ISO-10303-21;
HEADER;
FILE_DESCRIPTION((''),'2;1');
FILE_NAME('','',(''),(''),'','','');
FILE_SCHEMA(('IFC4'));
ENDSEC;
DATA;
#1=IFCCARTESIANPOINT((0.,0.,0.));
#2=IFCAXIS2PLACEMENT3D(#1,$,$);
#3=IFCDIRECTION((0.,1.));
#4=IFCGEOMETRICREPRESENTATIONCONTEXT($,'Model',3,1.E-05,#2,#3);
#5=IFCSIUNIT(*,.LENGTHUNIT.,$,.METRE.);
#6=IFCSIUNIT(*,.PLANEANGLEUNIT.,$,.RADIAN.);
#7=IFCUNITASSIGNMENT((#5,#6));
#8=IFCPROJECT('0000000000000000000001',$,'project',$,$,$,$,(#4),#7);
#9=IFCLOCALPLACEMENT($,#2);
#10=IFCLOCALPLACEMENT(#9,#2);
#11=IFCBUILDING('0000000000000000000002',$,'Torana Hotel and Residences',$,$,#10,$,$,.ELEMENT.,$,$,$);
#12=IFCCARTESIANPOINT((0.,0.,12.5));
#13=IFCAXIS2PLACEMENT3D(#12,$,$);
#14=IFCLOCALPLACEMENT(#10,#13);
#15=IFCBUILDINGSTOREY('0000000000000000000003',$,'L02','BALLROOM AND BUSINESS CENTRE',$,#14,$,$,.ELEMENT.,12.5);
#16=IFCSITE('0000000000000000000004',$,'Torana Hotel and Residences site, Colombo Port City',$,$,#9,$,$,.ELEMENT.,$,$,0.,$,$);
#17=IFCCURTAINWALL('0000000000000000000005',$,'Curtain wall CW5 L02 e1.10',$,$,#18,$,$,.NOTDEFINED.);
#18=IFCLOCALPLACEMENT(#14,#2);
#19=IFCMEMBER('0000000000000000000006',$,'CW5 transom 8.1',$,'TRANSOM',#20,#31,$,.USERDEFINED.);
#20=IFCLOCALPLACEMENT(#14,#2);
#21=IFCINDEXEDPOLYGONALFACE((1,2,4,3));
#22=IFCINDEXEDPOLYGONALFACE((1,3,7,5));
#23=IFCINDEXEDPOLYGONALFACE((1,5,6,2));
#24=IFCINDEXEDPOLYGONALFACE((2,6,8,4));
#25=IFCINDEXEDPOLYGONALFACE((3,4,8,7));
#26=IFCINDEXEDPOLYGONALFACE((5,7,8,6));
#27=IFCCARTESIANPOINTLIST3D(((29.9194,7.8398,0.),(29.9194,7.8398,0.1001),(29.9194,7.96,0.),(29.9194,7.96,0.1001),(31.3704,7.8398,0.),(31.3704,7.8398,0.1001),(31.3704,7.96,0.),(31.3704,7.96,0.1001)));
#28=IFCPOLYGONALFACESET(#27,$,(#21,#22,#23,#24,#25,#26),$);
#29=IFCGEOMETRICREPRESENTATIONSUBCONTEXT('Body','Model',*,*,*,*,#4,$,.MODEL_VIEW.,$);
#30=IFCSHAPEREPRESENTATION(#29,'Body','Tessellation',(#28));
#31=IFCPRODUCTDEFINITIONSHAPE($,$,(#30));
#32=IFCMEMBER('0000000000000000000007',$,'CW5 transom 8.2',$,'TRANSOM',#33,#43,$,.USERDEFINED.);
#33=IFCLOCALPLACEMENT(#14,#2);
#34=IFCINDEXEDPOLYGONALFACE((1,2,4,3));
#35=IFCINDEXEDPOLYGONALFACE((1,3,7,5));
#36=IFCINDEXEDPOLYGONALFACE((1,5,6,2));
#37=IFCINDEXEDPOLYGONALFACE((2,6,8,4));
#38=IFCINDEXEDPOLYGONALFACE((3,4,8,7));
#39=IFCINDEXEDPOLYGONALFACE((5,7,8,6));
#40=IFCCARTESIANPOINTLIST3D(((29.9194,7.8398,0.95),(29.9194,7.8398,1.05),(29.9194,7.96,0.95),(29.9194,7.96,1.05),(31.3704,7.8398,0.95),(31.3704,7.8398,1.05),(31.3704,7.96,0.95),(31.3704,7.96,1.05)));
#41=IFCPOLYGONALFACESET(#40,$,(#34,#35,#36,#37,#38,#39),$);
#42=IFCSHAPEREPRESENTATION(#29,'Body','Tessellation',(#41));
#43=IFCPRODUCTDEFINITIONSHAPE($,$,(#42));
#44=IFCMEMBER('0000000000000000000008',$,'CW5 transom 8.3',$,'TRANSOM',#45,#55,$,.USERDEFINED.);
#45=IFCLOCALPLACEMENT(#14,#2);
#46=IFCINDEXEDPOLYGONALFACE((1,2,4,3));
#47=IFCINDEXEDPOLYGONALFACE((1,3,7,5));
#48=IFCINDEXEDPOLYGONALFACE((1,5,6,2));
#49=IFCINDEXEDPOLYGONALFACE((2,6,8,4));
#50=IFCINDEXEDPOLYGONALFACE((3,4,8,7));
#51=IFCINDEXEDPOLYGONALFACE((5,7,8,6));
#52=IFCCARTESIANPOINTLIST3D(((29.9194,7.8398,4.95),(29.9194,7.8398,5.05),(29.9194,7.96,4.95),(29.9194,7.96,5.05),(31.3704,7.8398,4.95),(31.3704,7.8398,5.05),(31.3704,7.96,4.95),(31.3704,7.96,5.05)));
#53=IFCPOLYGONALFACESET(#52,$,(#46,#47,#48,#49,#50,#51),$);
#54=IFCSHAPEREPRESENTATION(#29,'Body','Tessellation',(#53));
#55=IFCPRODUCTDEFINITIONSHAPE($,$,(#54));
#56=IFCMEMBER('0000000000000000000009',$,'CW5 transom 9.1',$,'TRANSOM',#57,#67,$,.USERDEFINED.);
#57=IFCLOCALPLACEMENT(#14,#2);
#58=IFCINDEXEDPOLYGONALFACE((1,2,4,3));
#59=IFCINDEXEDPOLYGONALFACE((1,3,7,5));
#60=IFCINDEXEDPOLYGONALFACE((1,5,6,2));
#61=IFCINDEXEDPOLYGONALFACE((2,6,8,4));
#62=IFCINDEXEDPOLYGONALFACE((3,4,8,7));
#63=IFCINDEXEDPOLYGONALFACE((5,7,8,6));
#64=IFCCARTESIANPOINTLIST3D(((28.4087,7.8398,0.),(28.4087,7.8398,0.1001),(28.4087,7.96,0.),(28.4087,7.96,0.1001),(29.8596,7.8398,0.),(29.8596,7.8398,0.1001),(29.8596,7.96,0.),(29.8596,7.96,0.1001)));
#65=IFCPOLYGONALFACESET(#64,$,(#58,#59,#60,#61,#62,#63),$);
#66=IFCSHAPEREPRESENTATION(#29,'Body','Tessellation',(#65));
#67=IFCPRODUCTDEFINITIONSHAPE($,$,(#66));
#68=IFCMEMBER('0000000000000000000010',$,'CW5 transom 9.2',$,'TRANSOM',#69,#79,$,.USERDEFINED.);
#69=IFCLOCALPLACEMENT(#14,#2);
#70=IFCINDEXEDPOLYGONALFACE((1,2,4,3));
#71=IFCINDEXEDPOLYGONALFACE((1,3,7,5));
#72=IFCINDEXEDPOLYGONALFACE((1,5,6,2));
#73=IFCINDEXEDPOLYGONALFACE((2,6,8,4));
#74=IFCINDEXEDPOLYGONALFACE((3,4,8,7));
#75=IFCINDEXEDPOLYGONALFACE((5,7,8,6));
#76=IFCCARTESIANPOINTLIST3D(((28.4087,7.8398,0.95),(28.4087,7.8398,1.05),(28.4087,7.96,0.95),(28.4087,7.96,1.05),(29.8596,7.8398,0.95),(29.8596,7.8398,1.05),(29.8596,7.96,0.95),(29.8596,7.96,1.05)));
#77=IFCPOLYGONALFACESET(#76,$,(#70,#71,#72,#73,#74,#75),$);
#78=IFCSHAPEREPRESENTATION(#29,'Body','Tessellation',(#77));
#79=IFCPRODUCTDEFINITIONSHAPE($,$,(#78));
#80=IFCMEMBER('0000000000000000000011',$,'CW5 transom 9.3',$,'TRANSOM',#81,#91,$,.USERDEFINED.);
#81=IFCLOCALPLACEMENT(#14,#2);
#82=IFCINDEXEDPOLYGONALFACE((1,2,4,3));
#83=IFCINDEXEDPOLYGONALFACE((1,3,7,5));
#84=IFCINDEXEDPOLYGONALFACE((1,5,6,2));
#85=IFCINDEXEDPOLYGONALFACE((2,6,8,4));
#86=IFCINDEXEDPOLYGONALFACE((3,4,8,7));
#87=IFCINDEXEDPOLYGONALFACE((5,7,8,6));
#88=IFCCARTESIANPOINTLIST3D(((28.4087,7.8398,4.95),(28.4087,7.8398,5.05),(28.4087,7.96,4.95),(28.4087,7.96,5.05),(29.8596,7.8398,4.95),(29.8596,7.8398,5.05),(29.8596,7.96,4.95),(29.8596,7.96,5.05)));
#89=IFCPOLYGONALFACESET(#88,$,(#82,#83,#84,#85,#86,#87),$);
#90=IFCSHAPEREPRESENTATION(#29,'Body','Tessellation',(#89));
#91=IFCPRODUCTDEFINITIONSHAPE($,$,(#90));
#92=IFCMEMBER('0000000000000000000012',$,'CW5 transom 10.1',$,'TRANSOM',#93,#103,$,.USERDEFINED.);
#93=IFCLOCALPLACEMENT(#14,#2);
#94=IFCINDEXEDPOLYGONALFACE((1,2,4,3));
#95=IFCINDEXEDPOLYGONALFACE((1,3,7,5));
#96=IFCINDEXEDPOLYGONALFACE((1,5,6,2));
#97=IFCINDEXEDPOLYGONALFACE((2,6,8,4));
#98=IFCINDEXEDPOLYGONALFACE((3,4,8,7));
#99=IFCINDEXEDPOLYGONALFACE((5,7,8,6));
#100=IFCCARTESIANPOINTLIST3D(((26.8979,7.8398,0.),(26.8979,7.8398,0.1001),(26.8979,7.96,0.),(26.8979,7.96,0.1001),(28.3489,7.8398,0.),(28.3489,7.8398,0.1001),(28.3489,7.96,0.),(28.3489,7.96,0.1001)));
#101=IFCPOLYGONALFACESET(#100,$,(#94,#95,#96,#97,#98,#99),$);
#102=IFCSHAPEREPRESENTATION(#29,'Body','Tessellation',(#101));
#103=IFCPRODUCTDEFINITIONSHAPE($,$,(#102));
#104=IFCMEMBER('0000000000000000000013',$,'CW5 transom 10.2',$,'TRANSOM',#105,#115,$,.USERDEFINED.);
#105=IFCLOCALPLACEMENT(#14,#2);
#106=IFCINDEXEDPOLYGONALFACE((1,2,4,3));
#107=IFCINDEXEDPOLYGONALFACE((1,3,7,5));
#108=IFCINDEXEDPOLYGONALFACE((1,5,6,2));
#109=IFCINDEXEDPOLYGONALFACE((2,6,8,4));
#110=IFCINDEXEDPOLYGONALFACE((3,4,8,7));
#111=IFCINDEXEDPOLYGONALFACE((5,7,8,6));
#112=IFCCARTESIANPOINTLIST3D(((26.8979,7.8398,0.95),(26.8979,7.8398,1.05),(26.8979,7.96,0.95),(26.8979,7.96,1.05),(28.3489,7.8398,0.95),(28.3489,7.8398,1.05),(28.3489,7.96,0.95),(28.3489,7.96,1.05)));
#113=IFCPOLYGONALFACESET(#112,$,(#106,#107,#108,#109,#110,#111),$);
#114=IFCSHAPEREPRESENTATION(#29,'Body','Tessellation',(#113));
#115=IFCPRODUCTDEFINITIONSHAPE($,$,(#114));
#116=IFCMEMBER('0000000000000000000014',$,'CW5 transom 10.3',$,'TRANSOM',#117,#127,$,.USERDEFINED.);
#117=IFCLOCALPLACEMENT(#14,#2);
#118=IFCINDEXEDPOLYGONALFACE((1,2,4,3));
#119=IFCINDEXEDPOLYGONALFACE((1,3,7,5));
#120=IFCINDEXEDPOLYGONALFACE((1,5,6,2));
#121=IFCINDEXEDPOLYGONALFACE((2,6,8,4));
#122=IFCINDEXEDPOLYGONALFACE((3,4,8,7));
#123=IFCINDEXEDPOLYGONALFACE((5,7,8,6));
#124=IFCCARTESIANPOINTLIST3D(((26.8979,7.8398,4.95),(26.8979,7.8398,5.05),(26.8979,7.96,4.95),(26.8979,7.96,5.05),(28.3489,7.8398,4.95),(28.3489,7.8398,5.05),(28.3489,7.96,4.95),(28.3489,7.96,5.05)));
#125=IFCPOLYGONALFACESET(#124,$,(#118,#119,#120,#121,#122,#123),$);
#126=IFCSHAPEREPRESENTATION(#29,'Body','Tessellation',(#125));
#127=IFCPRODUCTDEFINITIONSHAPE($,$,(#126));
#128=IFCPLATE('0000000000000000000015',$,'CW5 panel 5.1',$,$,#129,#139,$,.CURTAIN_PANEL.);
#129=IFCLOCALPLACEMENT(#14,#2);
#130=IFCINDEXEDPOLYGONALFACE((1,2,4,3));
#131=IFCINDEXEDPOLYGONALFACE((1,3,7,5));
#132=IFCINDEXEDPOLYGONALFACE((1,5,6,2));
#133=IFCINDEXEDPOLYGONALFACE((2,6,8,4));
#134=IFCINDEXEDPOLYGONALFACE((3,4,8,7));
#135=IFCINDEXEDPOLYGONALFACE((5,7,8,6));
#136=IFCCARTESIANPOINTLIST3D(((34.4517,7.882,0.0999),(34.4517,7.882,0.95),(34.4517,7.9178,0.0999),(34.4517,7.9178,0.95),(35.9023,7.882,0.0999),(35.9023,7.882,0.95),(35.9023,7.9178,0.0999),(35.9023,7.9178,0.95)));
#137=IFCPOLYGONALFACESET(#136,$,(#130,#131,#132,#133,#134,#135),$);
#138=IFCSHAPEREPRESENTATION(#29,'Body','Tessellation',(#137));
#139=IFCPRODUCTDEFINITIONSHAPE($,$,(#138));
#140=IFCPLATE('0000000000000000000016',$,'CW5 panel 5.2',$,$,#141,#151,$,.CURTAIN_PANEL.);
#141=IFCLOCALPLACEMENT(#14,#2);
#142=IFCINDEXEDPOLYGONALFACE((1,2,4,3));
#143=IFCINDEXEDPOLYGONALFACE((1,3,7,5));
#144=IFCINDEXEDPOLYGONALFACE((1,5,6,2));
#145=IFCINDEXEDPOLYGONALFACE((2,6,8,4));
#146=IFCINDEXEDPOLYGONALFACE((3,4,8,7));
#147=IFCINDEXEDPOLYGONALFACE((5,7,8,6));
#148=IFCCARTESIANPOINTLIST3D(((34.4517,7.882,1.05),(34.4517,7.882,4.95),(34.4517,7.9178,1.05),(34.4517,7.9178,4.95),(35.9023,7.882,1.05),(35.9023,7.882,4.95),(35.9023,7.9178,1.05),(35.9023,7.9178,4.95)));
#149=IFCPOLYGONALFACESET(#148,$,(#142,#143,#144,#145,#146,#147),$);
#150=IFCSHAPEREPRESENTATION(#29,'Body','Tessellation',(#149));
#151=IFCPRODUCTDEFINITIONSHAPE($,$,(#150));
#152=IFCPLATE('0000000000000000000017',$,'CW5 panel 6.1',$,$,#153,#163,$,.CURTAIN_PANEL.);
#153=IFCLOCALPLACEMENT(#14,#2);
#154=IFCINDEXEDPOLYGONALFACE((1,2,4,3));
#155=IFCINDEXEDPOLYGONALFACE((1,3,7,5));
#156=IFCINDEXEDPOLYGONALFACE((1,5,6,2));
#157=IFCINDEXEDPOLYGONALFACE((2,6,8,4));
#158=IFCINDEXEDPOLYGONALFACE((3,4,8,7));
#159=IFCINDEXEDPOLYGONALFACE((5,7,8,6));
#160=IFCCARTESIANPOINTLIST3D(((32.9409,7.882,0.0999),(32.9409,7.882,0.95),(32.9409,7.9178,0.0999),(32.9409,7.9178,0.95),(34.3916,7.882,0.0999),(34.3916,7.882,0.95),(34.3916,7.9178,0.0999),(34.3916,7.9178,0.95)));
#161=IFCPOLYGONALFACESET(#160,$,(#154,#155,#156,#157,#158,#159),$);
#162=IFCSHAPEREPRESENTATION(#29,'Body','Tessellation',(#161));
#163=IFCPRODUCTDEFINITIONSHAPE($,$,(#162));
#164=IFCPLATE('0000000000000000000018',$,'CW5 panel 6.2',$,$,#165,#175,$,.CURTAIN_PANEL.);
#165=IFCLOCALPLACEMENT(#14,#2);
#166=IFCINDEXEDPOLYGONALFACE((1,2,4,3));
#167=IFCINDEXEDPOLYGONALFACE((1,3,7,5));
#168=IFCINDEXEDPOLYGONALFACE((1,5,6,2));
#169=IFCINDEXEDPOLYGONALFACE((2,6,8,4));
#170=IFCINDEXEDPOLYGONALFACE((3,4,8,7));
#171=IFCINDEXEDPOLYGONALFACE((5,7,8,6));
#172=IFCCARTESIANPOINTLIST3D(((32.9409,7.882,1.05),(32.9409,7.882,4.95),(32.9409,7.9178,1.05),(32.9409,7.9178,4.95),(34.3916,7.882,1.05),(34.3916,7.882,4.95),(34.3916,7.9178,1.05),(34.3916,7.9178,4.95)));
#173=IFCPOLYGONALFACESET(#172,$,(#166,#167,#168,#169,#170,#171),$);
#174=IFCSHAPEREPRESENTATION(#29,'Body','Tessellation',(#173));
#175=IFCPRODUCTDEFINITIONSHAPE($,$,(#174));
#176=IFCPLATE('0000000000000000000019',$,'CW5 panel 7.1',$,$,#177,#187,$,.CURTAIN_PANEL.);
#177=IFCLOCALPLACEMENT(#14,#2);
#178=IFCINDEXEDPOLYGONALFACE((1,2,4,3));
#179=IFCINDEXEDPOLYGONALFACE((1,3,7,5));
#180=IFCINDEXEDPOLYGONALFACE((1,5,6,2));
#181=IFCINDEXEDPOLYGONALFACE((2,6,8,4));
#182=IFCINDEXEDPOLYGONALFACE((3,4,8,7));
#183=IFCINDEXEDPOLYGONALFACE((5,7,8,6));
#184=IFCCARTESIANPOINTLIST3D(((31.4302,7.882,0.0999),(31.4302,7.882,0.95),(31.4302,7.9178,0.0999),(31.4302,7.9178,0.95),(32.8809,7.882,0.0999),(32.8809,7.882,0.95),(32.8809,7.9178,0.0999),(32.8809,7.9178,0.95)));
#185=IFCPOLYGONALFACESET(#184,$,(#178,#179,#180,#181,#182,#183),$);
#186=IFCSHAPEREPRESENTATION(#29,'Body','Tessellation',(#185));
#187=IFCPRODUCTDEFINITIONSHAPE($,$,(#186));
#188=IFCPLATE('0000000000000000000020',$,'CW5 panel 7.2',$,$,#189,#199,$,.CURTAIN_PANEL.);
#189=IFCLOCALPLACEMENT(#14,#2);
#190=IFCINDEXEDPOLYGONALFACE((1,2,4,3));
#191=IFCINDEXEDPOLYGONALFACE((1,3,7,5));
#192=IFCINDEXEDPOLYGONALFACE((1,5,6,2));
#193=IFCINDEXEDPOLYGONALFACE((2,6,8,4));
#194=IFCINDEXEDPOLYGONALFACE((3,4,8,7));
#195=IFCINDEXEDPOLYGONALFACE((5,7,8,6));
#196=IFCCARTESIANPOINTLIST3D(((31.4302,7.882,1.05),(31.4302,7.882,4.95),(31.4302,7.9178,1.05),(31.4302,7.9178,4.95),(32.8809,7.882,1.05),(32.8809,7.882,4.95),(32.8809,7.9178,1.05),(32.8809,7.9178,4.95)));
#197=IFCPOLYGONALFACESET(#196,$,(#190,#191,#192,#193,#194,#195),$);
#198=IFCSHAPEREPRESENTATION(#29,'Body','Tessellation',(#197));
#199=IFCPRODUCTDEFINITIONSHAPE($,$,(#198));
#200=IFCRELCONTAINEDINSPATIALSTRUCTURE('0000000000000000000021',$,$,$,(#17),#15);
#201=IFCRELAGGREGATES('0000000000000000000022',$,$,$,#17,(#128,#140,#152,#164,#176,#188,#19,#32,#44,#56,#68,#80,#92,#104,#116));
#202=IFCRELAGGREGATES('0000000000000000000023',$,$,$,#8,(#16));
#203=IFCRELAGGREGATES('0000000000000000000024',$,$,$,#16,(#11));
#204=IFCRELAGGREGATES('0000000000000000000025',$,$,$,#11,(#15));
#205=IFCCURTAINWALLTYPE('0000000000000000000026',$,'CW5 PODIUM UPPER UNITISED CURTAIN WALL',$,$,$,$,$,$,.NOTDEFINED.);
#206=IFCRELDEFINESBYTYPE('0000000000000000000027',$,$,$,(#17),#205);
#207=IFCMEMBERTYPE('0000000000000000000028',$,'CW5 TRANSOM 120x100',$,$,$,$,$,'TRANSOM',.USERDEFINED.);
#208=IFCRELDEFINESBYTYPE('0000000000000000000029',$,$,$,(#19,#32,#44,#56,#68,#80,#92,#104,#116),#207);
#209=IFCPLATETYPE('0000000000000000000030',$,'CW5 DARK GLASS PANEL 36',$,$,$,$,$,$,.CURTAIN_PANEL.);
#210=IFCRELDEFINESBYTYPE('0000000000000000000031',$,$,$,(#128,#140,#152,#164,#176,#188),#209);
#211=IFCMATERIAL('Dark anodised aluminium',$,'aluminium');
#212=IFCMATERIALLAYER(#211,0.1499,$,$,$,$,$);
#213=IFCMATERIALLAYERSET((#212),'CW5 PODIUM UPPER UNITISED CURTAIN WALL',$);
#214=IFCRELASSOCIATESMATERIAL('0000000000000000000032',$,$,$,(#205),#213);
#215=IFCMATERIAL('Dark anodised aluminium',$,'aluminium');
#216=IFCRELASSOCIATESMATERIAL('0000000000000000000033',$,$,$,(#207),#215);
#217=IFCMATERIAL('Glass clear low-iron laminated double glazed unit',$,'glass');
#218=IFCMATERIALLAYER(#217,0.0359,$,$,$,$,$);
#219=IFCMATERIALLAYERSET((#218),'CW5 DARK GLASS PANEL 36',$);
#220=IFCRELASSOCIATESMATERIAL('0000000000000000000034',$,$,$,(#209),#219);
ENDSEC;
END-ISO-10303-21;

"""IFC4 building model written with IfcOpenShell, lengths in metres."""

from ifc_helpers import new_model, si_unit, direction, frame, origin, origin_2d, place, context, subcontext, project, spatial, rectangle, extrude, material, layer, layer_set, material_profile, profile_set, type_object, element, aggregate, save


model = new_model("IFC4")

# Units and contexts
model_context = context("Model", 3, precision=1e-05, world=origin(), true_north=direction((0.0, 1.0)))
body_context = subcontext(model_context, "Body", "Model", "MODEL_VIEW")
ifc_project = project(units=[si_unit("LENGTHUNIT", "METRE"), si_unit("PLANEANGLEUNIT", "RADIAN")], contexts=[model_context])

# Site, building, storey
site_placement = place(None, origin())
site = spatial("IfcSite", under=ifc_project, at=site_placement, Name="Torana Hotel and Residences site, Colombo Port City", CompositionType="ELEMENT", RefElevation=0.0)
building_placement = place(site_placement, origin())
building = spatial("IfcBuilding", under=site, at=building_placement, Name="Torana Hotel and Residences", CompositionType="ELEMENT")
storey_placement = place(building_placement, frame((0.0, 0.0, 12.5)))
storey = spatial("IfcBuildingStorey", under=building, at=storey_placement, Name="L02", Description="BALLROOM AND BUSINESS CENTRE", CompositionType="ELEMENT", Elevation=12.5)

# Curtain wall, members, plates
ifc_material_1 = material(Name="Dark anodised aluminium", Category="aluminium")
ifc_layer_1 = layer(ifc_material_1, 0.1499)
ifc_layer_set_1 = layer_set([ifc_layer_1], Name="CW5 PODIUM UPPER UNITISED CURTAIN WALL")
curtain_wall_type = type_object("IfcCurtainWallType", Name="CW5 PODIUM UPPER UNITISED CURTAIN WALL", PredefinedType="NOTDEFINED", material=ifc_layer_set_1)
curtain_wall_placement = place(storey_placement, origin())
curtain_wall = element("IfcCurtainWall", 1, at=curtain_wall_placement, inside=storey, type_object=curtain_wall_type, Name="Curtain wall CW5 L02 e1.10", PredefinedType="NOTDEFINED")
ifc_material_2 = material(Name="Dark anodised aluminium", Category="aluminium")
ifc_material_profile_1 = material_profile(ifc_material_2, rectangle(XDim=0.1201, YDim=0.1001, at=origin_2d()), Name="CW5 TRANSOM 120x100")
ifc_profile_set_1 = profile_set([ifc_material_profile_1], Name="Dark anodised aluminium")
member_type_1 = type_object("IfcMemberType", Name="CW5 TRANSOM 120x100", ElementType="TRANSOM", PredefinedType="USERDEFINED", material=ifc_profile_set_1)
member_1_placement = place(storey_placement, frame((31.3704, 7.8999, 0.05), z_axis=(-1.0, 0.0, 0.0), x_axis=(0.0, -1.0, 0.0)))
member_1 = element("IfcMember", 2, at=member_1_placement, type_object=member_type_1, Name="CW5 transom 8.1", ObjectType="TRANSOM", PredefinedType="USERDEFINED", context=body_context, shape_type="SweptSolid", body=[
    extrude(rectangle(XDim=0.1201, YDim=0.1001, at=origin_2d()), origin(), (0.0, 0.0, 1.0), 1.4509),
])
member_2_placement = place(storey_placement, frame((31.3704, 7.8999, 1.0), z_axis=(-1.0, 0.0, 0.0), x_axis=(0.0, -1.0, 0.0)))
member_2 = element("IfcMember", 3, at=member_2_placement, type_object=member_type_1, Name="CW5 transom 8.2", ObjectType="TRANSOM", PredefinedType="USERDEFINED", context=body_context, shape_type="SweptSolid", body=[
    extrude(rectangle(XDim=0.1201, YDim=0.1001, at=origin_2d()), origin(), (0.0, 0.0, 1.0), 1.4509),
])
member_3_placement = place(storey_placement, frame((31.3704, 7.8999, 5.0), z_axis=(-1.0, 0.0, 0.0), x_axis=(0.0, -1.0, 0.0)))
member_3 = element("IfcMember", 4, at=member_3_placement, type_object=member_type_1, Name="CW5 transom 8.3", ObjectType="TRANSOM", PredefinedType="USERDEFINED", context=body_context, shape_type="SweptSolid", body=[
    extrude(rectangle(XDim=0.1201, YDim=0.1001, at=origin_2d()), origin(), (0.0, 0.0, 1.0), 1.4509),
])
member_4_placement = place(storey_placement, frame((29.8596, 7.8999, 0.05), z_axis=(-1.0, 0.0, 0.0), x_axis=(0.0, -1.0, 0.0)))
member_4 = element("IfcMember", 5, at=member_4_placement, type_object=member_type_1, Name="CW5 transom 9.1", ObjectType="TRANSOM", PredefinedType="USERDEFINED", context=body_context, shape_type="SweptSolid", body=[
    extrude(rectangle(XDim=0.1201, YDim=0.1001, at=origin_2d()), origin(), (0.0, 0.0, 1.0), 1.4509),
])
member_5_placement = place(storey_placement, frame((29.8596, 7.8999, 1.0), z_axis=(-1.0, 0.0, 0.0), x_axis=(0.0, -1.0, 0.0)))
member_5 = element("IfcMember", 6, at=member_5_placement, type_object=member_type_1, Name="CW5 transom 9.2", ObjectType="TRANSOM", PredefinedType="USERDEFINED", context=body_context, shape_type="SweptSolid", body=[
    extrude(rectangle(XDim=0.1201, YDim=0.1001, at=origin_2d()), origin(), (0.0, 0.0, 1.0), 1.4509),
])
member_6_placement = place(storey_placement, frame((29.8596, 7.8999, 5.0), z_axis=(-1.0, 0.0, 0.0), x_axis=(0.0, -1.0, 0.0)))
member_6 = element("IfcMember", 7, at=member_6_placement, type_object=member_type_1, Name="CW5 transom 9.3", ObjectType="TRANSOM", PredefinedType="USERDEFINED", context=body_context, shape_type="SweptSolid", body=[
    extrude(rectangle(XDim=0.1201, YDim=0.1001, at=origin_2d()), origin(), (0.0, 0.0, 1.0), 1.4509),
])
member_7_placement = place(storey_placement, frame((28.3489, 7.8999, 0.05), z_axis=(-1.0, 0.0, 0.0), x_axis=(0.0, -1.0, 0.0)))
member_7 = element("IfcMember", 8, at=member_7_placement, type_object=member_type_1, Name="CW5 transom 10.1", ObjectType="TRANSOM", PredefinedType="USERDEFINED", context=body_context, shape_type="SweptSolid", body=[
    extrude(rectangle(XDim=0.1201, YDim=0.1001, at=origin_2d()), origin(), (0.0, 0.0, 1.0), 1.4509),
])
member_8_placement = place(storey_placement, frame((28.3489, 7.8999, 1.0), z_axis=(-1.0, 0.0, 0.0), x_axis=(0.0, -1.0, 0.0)))
member_8 = element("IfcMember", 9, at=member_8_placement, type_object=member_type_1, Name="CW5 transom 10.2", ObjectType="TRANSOM", PredefinedType="USERDEFINED", context=body_context, shape_type="SweptSolid", body=[
    extrude(rectangle(XDim=0.1201, YDim=0.1001, at=origin_2d()), origin(), (0.0, 0.0, 1.0), 1.4509),
])
member_9_placement = place(storey_placement, frame((28.3489, 7.8999, 5.0), z_axis=(-1.0, 0.0, 0.0), x_axis=(0.0, -1.0, 0.0)))
member_9 = element("IfcMember", 10, at=member_9_placement, type_object=member_type_1, Name="CW5 transom 10.3", ObjectType="TRANSOM", PredefinedType="USERDEFINED", context=body_context, shape_type="SweptSolid", body=[
    extrude(rectangle(XDim=0.1201, YDim=0.1001, at=origin_2d()), origin(), (0.0, 0.0, 1.0), 1.4509),
])
ifc_material_3 = material(Name="Glass clear low-iron laminated double glazed unit", Category="glass")
ifc_layer_2 = layer(ifc_material_3, 0.0359)
ifc_layer_set_2 = layer_set([ifc_layer_2], Name="CW5 DARK GLASS PANEL 36")
plate_type = type_object("IfcPlateType", Name="CW5 DARK GLASS PANEL 36", PredefinedType="CURTAIN_PANEL", material=ifc_layer_set_2)
plate_1_placement = place(storey_placement, frame((35.177, 7.8999, 0.0999), z_axis=(0.0, 0.0, 1.0), x_axis=(-1.0, 0.0, 0.0)))
plate_1 = element("IfcPlate", 11, at=plate_1_placement, type_object=plate_type, Name="CW5 panel 5.1", PredefinedType="CURTAIN_PANEL", context=body_context, shape_type="SweptSolid", body=[
    extrude(rectangle(XDim=1.4507, YDim=0.0359, at=origin_2d()), origin(), (0.0, 0.0, 1.0), 0.8501),
])
plate_2_placement = place(storey_placement, frame((35.177, 7.8999, 1.05), z_axis=(0.0, 0.0, 1.0), x_axis=(-1.0, 0.0, 0.0)))
plate_2 = element("IfcPlate", 12, at=plate_2_placement, type_object=plate_type, Name="CW5 panel 5.2", PredefinedType="CURTAIN_PANEL", context=body_context, shape_type="SweptSolid", body=[
    extrude(rectangle(XDim=1.4507, YDim=0.0359, at=origin_2d()), origin(), (0.0, 0.0, 1.0), 3.8999),
])
plate_3_placement = place(storey_placement, frame((33.6663, 7.8999, 0.0999), z_axis=(0.0, 0.0, 1.0), x_axis=(-1.0, 0.0, 0.0)))
plate_3 = element("IfcPlate", 13, at=plate_3_placement, type_object=plate_type, Name="CW5 panel 6.1", PredefinedType="CURTAIN_PANEL", context=body_context, shape_type="SweptSolid", body=[
    extrude(rectangle(XDim=1.4507, YDim=0.0359, at=origin_2d()), origin(), (0.0, 0.0, 1.0), 0.8501),
])
plate_4_placement = place(storey_placement, frame((33.6663, 7.8999, 1.05), z_axis=(0.0, 0.0, 1.0), x_axis=(-1.0, 0.0, 0.0)))
plate_4 = element("IfcPlate", 14, at=plate_4_placement, type_object=plate_type, Name="CW5 panel 6.2", PredefinedType="CURTAIN_PANEL", context=body_context, shape_type="SweptSolid", body=[
    extrude(rectangle(XDim=1.4507, YDim=0.0359, at=origin_2d()), origin(), (0.0, 0.0, 1.0), 3.8999),
])
plate_5_placement = place(storey_placement, frame((32.1555, 7.8999, 0.0999), z_axis=(0.0, 0.0, 1.0), x_axis=(-1.0, 0.0, 0.0)))
plate_5 = element("IfcPlate", 15, at=plate_5_placement, type_object=plate_type, Name="CW5 panel 7.1", PredefinedType="CURTAIN_PANEL", context=body_context, shape_type="SweptSolid", body=[
    extrude(rectangle(XDim=1.4507, YDim=0.0359, at=origin_2d()), origin(), (0.0, 0.0, 1.0), 0.8501),
])
plate_6_placement = place(storey_placement, frame((32.1555, 7.8999, 1.05), z_axis=(0.0, 0.0, 1.0), x_axis=(-1.0, 0.0, 0.0)))
plate_6 = element("IfcPlate", 16, at=plate_6_placement, type_object=plate_type, Name="CW5 panel 7.2", PredefinedType="CURTAIN_PANEL", context=body_context, shape_type="SweptSolid", body=[
    extrude(rectangle(XDim=1.4507, YDim=0.0359, at=origin_2d()), origin(), (0.0, 0.0, 1.0), 3.8999),
])
aggregate(curtain_wall, [plate_1, plate_2, plate_3, plate_4, plate_5, plate_6, member_1, member_2, member_3, member_4, member_5, member_6, member_7, member_8, member_9])

save(model, "model.ifc")
